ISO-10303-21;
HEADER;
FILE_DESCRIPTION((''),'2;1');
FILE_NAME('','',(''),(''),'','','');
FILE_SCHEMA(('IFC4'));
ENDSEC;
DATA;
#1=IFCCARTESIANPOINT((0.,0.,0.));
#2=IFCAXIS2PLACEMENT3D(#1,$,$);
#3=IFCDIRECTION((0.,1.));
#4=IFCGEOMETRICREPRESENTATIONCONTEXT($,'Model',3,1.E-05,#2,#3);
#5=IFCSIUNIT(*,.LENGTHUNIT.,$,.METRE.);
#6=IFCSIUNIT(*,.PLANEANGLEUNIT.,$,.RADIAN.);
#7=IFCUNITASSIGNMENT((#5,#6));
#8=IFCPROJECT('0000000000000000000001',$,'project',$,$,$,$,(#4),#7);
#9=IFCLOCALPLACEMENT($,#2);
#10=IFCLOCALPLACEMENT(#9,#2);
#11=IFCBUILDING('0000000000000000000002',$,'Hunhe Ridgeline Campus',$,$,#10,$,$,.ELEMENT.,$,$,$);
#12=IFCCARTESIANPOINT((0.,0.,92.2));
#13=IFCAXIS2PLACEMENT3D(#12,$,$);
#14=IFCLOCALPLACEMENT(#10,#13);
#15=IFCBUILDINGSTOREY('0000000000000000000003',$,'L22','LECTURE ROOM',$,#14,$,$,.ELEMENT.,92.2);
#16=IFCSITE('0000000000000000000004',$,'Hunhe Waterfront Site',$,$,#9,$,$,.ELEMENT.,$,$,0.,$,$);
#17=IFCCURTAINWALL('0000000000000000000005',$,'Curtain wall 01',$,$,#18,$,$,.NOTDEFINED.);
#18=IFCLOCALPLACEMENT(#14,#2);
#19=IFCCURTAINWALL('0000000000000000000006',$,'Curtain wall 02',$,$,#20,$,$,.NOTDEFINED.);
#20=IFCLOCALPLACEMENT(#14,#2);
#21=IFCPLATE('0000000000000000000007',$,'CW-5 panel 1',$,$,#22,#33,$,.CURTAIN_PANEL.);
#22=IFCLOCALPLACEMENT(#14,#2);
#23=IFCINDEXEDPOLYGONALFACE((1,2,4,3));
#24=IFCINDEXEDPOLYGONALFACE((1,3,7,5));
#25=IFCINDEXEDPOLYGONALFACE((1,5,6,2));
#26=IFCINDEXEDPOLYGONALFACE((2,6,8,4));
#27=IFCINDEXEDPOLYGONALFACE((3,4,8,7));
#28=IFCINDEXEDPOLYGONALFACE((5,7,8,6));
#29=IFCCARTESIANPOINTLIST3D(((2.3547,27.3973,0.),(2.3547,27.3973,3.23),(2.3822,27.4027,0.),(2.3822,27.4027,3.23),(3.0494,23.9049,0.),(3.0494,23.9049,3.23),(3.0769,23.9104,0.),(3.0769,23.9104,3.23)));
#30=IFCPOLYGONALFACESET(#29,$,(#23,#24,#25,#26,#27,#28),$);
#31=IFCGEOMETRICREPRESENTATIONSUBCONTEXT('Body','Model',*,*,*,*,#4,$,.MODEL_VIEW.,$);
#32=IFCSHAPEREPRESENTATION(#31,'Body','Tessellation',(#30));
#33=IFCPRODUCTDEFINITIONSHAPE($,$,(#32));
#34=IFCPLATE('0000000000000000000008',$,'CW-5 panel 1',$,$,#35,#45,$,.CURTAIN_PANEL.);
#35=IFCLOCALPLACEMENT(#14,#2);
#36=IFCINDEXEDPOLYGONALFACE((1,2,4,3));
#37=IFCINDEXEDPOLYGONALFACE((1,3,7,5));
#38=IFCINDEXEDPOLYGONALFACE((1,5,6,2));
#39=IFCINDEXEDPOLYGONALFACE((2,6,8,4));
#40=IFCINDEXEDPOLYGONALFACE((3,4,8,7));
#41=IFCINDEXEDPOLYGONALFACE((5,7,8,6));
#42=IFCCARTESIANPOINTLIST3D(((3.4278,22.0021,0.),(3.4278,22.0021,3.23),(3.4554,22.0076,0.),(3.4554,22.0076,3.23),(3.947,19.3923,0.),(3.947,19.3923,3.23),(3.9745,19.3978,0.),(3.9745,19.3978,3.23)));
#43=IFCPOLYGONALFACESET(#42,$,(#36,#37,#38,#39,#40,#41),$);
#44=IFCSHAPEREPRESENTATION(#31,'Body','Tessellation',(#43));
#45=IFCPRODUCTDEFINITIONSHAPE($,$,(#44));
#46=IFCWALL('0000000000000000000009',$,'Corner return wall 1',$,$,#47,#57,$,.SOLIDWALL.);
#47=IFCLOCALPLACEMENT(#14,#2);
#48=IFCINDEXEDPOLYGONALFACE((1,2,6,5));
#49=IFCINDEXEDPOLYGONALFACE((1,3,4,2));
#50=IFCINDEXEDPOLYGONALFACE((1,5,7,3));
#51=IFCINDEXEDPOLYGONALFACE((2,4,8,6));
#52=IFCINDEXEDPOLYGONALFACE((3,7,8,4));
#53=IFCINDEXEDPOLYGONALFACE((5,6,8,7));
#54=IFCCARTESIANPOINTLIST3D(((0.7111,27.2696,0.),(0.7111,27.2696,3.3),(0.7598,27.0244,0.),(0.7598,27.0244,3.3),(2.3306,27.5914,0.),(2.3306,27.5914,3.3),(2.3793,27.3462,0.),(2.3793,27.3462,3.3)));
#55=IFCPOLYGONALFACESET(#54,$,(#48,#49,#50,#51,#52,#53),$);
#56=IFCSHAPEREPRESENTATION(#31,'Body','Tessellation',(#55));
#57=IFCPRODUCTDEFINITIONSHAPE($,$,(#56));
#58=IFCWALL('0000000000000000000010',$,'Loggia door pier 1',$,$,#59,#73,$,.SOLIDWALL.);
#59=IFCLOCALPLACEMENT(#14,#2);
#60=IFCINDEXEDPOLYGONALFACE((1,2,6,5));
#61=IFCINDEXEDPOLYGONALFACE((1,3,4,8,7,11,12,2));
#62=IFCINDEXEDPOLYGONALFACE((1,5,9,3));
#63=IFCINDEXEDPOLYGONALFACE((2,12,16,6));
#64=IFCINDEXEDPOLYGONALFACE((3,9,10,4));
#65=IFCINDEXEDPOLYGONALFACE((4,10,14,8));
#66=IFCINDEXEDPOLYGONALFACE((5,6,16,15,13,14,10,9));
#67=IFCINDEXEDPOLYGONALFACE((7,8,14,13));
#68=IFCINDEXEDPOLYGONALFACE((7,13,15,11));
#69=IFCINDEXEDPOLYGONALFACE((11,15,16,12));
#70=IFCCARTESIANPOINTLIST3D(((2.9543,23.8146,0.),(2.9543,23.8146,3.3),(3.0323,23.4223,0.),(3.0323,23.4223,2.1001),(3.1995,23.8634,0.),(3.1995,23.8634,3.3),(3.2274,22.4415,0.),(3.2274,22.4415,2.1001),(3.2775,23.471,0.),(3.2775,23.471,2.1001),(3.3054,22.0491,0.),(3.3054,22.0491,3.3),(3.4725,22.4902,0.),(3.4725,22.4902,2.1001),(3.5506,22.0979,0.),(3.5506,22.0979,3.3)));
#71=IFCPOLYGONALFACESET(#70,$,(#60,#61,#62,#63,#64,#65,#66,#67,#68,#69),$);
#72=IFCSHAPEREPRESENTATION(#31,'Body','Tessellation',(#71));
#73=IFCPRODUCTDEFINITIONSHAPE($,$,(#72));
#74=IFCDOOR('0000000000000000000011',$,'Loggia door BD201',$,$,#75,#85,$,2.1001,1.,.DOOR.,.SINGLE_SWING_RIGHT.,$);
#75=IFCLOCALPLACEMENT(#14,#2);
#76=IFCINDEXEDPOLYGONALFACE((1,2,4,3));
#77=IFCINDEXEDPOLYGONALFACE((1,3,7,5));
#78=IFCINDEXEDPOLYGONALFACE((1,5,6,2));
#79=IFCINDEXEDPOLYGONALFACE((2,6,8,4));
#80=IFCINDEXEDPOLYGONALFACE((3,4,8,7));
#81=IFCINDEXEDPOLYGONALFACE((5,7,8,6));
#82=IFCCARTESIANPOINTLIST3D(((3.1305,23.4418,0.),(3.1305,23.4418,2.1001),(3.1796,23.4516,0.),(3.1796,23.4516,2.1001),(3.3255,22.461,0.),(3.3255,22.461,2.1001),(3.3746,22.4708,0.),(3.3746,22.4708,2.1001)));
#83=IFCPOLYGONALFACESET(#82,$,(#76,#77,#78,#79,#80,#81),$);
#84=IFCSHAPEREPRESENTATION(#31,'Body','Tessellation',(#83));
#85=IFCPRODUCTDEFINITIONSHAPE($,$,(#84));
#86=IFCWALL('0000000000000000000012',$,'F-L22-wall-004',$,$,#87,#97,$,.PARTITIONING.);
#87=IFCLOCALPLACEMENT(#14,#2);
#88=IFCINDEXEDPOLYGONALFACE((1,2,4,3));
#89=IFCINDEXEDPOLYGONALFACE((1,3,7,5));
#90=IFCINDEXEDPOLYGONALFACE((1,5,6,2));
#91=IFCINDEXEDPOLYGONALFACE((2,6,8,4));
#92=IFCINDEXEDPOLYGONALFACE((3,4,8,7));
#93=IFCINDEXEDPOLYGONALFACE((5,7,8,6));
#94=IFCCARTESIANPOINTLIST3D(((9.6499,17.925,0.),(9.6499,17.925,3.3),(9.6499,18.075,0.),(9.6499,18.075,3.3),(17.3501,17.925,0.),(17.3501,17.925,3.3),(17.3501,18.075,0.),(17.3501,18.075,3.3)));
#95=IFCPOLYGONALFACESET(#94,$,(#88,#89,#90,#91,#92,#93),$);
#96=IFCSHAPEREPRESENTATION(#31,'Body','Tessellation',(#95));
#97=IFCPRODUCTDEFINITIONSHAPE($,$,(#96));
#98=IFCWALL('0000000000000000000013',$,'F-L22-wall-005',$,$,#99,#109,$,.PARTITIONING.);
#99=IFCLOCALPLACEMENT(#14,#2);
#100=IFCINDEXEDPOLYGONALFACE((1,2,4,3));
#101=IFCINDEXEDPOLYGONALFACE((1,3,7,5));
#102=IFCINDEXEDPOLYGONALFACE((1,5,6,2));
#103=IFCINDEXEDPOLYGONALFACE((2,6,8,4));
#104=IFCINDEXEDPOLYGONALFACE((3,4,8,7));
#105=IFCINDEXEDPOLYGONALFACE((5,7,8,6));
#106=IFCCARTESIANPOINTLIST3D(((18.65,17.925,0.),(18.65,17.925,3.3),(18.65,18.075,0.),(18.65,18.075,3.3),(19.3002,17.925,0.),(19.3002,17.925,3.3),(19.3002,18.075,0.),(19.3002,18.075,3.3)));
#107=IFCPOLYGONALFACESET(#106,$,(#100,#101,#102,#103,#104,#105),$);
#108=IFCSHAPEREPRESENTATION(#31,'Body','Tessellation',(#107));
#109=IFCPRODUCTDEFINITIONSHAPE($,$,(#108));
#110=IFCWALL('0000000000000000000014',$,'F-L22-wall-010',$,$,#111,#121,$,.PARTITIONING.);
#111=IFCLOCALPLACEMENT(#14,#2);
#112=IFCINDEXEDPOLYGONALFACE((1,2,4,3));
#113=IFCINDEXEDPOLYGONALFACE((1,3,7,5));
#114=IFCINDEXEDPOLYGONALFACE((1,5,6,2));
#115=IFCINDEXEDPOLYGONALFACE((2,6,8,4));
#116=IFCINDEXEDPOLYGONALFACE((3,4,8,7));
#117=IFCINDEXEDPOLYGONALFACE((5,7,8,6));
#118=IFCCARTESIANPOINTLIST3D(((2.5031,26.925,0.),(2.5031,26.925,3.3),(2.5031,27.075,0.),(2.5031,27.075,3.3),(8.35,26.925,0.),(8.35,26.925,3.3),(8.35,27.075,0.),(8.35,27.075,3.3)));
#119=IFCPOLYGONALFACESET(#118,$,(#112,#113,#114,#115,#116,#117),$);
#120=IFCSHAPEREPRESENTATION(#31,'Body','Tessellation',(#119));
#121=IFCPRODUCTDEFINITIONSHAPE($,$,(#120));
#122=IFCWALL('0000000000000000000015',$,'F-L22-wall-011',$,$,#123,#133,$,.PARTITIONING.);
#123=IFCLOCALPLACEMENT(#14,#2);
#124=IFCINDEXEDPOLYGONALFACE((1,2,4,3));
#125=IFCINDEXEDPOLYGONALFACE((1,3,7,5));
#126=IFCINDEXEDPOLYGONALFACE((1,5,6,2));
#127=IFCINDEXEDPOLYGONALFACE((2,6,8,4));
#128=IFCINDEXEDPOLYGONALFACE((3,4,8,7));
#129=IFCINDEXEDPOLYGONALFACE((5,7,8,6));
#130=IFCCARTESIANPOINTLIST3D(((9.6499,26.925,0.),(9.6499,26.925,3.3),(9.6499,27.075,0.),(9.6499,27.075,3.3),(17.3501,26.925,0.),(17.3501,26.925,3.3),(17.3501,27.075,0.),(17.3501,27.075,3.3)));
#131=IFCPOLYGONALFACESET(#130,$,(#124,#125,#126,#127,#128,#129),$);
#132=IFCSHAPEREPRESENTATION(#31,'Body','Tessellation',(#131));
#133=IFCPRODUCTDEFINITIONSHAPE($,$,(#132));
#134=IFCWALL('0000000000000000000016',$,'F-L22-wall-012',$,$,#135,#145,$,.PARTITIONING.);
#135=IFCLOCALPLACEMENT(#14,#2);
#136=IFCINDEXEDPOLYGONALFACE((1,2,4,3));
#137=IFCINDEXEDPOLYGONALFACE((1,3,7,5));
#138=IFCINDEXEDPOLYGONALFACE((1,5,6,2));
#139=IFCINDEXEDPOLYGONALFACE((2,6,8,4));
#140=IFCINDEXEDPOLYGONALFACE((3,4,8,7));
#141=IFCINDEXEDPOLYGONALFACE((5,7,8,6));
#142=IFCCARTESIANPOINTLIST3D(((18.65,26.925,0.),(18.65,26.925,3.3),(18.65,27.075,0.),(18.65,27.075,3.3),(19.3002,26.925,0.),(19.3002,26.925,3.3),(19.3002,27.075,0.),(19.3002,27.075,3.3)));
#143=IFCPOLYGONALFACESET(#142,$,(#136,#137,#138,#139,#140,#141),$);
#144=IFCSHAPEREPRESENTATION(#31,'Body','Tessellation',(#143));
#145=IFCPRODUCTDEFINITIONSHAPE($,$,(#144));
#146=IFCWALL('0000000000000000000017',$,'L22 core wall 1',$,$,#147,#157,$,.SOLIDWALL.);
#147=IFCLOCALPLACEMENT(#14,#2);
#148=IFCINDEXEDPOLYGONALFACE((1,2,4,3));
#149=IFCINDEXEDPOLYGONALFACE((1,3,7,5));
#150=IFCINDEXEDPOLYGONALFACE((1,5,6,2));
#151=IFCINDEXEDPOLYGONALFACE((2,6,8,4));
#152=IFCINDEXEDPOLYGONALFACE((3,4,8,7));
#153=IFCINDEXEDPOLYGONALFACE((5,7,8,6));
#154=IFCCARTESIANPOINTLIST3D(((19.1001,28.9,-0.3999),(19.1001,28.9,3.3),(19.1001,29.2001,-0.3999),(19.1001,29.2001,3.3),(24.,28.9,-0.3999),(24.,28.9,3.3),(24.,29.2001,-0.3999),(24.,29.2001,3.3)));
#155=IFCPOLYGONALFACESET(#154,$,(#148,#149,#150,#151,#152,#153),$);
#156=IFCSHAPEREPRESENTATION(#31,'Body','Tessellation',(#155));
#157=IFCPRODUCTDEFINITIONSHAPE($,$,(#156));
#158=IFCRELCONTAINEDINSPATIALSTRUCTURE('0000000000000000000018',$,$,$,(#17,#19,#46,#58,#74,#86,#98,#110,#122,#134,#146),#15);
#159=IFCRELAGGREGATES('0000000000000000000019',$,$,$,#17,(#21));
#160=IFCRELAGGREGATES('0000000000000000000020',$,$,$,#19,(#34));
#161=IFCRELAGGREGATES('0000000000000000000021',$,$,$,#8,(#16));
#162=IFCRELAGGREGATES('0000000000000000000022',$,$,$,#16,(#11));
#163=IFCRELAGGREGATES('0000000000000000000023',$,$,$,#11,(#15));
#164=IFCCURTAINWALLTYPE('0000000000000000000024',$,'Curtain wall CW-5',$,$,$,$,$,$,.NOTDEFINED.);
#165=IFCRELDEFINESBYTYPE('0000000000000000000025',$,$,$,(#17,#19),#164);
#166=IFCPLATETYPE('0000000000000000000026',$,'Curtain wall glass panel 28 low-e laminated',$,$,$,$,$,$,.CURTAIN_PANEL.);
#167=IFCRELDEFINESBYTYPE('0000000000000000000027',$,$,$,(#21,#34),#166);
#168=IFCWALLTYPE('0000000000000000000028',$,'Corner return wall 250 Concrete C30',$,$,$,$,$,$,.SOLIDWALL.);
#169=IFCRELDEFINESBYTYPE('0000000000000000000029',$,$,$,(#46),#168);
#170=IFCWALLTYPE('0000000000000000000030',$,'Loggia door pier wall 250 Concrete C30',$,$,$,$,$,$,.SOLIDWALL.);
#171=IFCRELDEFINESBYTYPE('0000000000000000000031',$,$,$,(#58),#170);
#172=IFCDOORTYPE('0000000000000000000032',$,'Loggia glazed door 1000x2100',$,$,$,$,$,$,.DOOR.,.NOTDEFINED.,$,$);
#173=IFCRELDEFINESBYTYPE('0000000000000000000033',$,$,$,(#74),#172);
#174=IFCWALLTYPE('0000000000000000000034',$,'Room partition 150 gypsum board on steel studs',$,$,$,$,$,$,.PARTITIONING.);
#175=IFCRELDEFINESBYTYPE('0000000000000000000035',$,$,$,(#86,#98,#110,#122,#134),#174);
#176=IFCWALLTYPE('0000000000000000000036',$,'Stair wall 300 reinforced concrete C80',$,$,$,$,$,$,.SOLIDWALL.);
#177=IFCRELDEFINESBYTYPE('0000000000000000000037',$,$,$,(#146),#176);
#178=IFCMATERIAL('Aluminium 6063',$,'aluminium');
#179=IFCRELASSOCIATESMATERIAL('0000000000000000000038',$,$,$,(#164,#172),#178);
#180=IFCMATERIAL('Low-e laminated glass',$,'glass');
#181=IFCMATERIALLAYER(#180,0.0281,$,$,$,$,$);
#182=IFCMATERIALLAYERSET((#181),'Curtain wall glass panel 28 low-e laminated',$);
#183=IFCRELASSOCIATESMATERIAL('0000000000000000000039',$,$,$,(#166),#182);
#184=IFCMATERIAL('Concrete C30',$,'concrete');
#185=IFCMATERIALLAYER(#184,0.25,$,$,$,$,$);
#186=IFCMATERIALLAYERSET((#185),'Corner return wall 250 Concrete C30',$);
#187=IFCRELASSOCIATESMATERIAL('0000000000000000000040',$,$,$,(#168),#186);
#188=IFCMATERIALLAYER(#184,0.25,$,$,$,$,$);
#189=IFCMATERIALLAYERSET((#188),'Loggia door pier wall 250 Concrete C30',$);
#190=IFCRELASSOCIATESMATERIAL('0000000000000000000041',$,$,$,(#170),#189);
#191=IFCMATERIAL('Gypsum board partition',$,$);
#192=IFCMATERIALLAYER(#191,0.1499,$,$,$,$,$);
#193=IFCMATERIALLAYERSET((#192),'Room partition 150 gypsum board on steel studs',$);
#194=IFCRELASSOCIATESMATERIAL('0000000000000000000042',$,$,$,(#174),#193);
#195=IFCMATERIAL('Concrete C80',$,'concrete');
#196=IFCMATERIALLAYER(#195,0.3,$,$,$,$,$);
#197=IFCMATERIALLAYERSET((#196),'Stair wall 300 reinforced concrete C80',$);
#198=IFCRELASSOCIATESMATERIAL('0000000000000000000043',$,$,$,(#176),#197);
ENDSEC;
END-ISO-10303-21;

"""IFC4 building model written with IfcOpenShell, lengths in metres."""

from ifc_helpers import new_model, si_unit, direction, frame, frame_2d, origin, origin_2d, place, context, subcontext, project, spatial, rectangle, extrude, material, layer, layer_set, type_object, element, fill, aggregate, save


model = new_model("IFC4")

# Units and contexts
model_context = context("Model", 3, precision=1e-05, world=origin(), true_north=direction((0.0, 1.0)))
body_context = subcontext(model_context, "Body", "Model", "MODEL_VIEW")
ifc_project = project(units=[si_unit("LENGTHUNIT", "METRE"), si_unit("PLANEANGLEUNIT", "RADIAN")], contexts=[model_context])

# Site, building, storey
site_placement = place(None, origin())
site = spatial("IfcSite", under=ifc_project, at=site_placement, Name="Hunhe Waterfront Site", CompositionType="ELEMENT", RefElevation=0.0)
building_placement = place(site_placement, origin())
building = spatial("IfcBuilding", under=site, at=building_placement, Name="Hunhe Ridgeline Campus", CompositionType="ELEMENT")
storey_placement = place(building_placement, frame((0.0, 0.0, 92.2)))
storey = spatial("IfcBuildingStorey", under=building, at=storey_placement, Name="L22", Description="LECTURE ROOM", CompositionType="ELEMENT", Elevation=92.2)

# Curtain walls
ifc_material_1 = material(Name="Aluminium 6063", Category="aluminium")
curtain_wall_type = type_object("IfcCurtainWallType", Name="Curtain wall CW-5", PredefinedType="NOTDEFINED", material=ifc_material_1)
curtain_wall_1_placement = place(storey_placement, origin())
curtain_wall_1 = element("IfcCurtainWall", 1, at=curtain_wall_1_placement, inside=storey, type_object=curtain_wall_type, Name="Curtain wall 01", PredefinedType="NOTDEFINED")
curtain_wall_2_placement = place(storey_placement, origin())
curtain_wall_2 = element("IfcCurtainWall", 2, at=curtain_wall_2_placement, inside=storey, type_object=curtain_wall_type, Name="Curtain wall 02", PredefinedType="NOTDEFINED")

# Plates
ifc_material_2 = material(Name="Low-e laminated glass", Category="glass")
ifc_layer_1 = layer(ifc_material_2, 0.0281)
ifc_layer_set_1 = layer_set([ifc_layer_1], Name="Curtain wall glass panel 28 low-e laminated")
plate_type = type_object("IfcPlateType", Name="Curtain wall glass panel 28 low-e laminated", PredefinedType="CURTAIN_PANEL", material=ifc_layer_set_1)
plate_1_placement = place(storey_placement, frame((2.7158, 25.6538, 0.0), z_axis=(0.0, 0.0, 1.0), x_axis=(0.195095, -0.980784, 0.0)))
plate_1 = element("IfcPlate", 3, at=plate_1_placement, type_object=plate_type, Name="CW-5 panel 1", PredefinedType="CURTAIN_PANEL", context=body_context, shape_type="SweptSolid", body=[
    extrude(rectangle(XDim=3.5608, YDim=0.0281, at=origin_2d()), origin(), (0.0, 0.0, 1.0), 3.23),
])
aggregate(curtain_wall_1, [plate_1])
plate_2_placement = place(storey_placement, frame((3.7012, 20.7, 0.0), z_axis=(0.0, 0.0, 1.0), x_axis=(0.195095, -0.980784, 0.0)))
plate_2 = element("IfcPlate", 4, at=plate_2_placement, type_object=plate_type, Name="CW-5 panel 1", PredefinedType="CURTAIN_PANEL", context=body_context, shape_type="SweptSolid", body=[
    extrude(rectangle(XDim=2.6609, YDim=0.0281, at=origin_2d()), origin(), (0.0, 0.0, 1.0), 3.23),
])
aggregate(curtain_wall_2, [plate_2])

# Wall
ifc_material_3 = material(Name="Concrete C30", Category="concrete")
ifc_layer_2 = layer(ifc_material_3, 0.25)
ifc_layer_set_2 = layer_set([ifc_layer_2], Name="Corner return wall 250 Concrete C30")
wall_type_1 = type_object("IfcWallType", Name="Corner return wall 250 Concrete C30", PredefinedType="SOLIDWALL", material=ifc_layer_set_2)
wall_1_placement = place(storey_placement, frame((0.7354, 27.147, 0.0), z_axis=(0.0, 0.0, 1.0), x_axis=(0.980824, 0.194893, 0.0)))
element("IfcWall", 5, at=wall_1_placement, inside=storey, type_object=wall_type_1, Name="Corner return wall 1", PredefinedType="SOLIDWALL", context=body_context, shape_type="SweptSolid", body=[
    extrude(rectangle(XDim=1.6511, YDim=0.25, at=frame_2d((0.8257, 0.0))), origin(), (0.0, 0.0, 1.0), 3.3),
])

# Wall, opening, door
ifc_layer_3 = layer(ifc_material_3, 0.25)
ifc_layer_set_3 = layer_set([ifc_layer_3], Name="Loggia door pier wall 250 Concrete C30")
wall_type_2 = type_object("IfcWallType", Name="Loggia door pier wall 250 Concrete C30", PredefinedType="SOLIDWALL", material=ifc_layer_set_3)
wall_2_placement = place(storey_placement, frame((3.0769, 23.8389, 0.0), z_axis=(0.0, 0.0, 1.0), x_axis=(0.195047, -0.980794, 0.0)))
wall_2 = element("IfcWall", 6, at=wall_2_placement, inside=storey, type_object=wall_type_2, Name="Loggia door pier 1", PredefinedType="SOLIDWALL", context=body_context, shape_type="SweptSolid", body=[
    extrude(rectangle(XDim=1.8, YDim=0.25, at=frame_2d((0.8999, 0.0))), origin(), (0.0, 0.0, 1.0), 3.3),
])
opening_placement = place(wall_2_placement, frame((0.3999, 0.0, 0.0)))
opening = element("IfcOpeningElement", 7, at=opening_placement, cuts=wall_2, PredefinedType="OPENING", context=body_context, shape_type="SweptSolid", body=[
    extrude(rectangle(XDim=1.0, YDim=2.1001, at=frame_2d((0.5, 1.05))), frame((0.0, 0.125, 0.0), z_axis=(0.0, -1.0, 0.0), x_axis=(1.0, 0.0, 0.0)), (0.0, 0.0, 1.0), 0.25),
])
door_type = type_object("IfcDoorType", Name="Loggia glazed door 1000x2100", OperationType="NOTDEFINED", PredefinedType="DOOR", material=ifc_material_1)
door_placement = place(opening_placement, frame((1.0, 0.0, 0.0), z_axis=(0.0, 0.0, 1.0), x_axis=(-1.0, 0.0, 0.0)))
door = element("IfcDoor", 8, at=door_placement, inside=storey, type_object=door_type, Name="Loggia door BD201", OperationType="SINGLE_SWING_RIGHT", OverallHeight=2.1001, OverallWidth=1.0, PredefinedType="DOOR", context=body_context, shape_type="SweptSolid", body=[
    extrude(rectangle(XDim=1.0, YDim=2.1001, at=frame_2d((0.5, 1.05))), frame((0.0, 0.0249, 0.0), z_axis=(0.0, -1.0, 0.0), x_axis=(1.0, 0.0, 0.0)), (0.0, 0.0, 1.0), 0.05),
])
fill(opening, door)

# Walls
ifc_material_4 = material(Name="Gypsum board partition")
ifc_layer_4 = layer(ifc_material_4, 0.1499)
ifc_layer_set_4 = layer_set([ifc_layer_4], Name="Room partition 150 gypsum board on steel studs")
wall_type_3 = type_object("IfcWallType", Name="Room partition 150 gypsum board on steel studs", PredefinedType="PARTITIONING", material=ifc_layer_set_4)
wall_3_placement = place(storey_placement, frame((9.6499, 18.0, 0.0), z_axis=(0.0, 0.0, 1.0), x_axis=(1.0, 0.0, 0.0)))
element("IfcWall", 9, at=wall_3_placement, inside=storey, type_object=wall_type_3, Name="F-L22-wall-004", PredefinedType="PARTITIONING", context=body_context, shape_type="SweptSolid", body=[
    extrude(rectangle(XDim=7.7002, YDim=0.1499, at=frame_2d((3.8501, 0.0))), origin(), (0.0, 0.0, 1.0), 3.3),
])
wall_4_placement = place(storey_placement, frame((18.6499, 18.0, 0.0), z_axis=(0.0, 0.0, 1.0), x_axis=(1.0, 0.0, 0.0)))
element("IfcWall", 10, at=wall_4_placement, inside=storey, type_object=wall_type_3, Name="F-L22-wall-005", PredefinedType="PARTITIONING", context=body_context, shape_type="SweptSolid", body=[
    extrude(rectangle(XDim=0.6501, YDim=0.1499, at=frame_2d((0.3252, 0.0))), origin(), (0.0, 0.0, 1.0), 3.3),
])
wall_5_placement = place(storey_placement, frame((2.5032, 27.0, 0.0), z_axis=(0.0, 0.0, 1.0), x_axis=(1.0, 0.0, 0.0)))
element("IfcWall", 11, at=wall_5_placement, inside=storey, type_object=wall_type_3, Name="F-L22-wall-010", PredefinedType="PARTITIONING", context=body_context, shape_type="SweptSolid", body=[
    extrude(rectangle(XDim=5.8469, YDim=0.1499, at=frame_2d((2.9233, 0.0))), origin(), (0.0, 0.0, 1.0), 3.3),
])
wall_6_placement = place(storey_placement, frame((9.6499, 27.0, 0.0), z_axis=(0.0, 0.0, 1.0), x_axis=(1.0, 0.0, 0.0)))
element("IfcWall", 12, at=wall_6_placement, inside=storey, type_object=wall_type_3, Name="F-L22-wall-011", PredefinedType="PARTITIONING", context=body_context, shape_type="SweptSolid", body=[
    extrude(rectangle(XDim=7.7002, YDim=0.1499, at=frame_2d((3.8501, 0.0))), origin(), (0.0, 0.0, 1.0), 3.3),
])
wall_7_placement = place(storey_placement, frame((18.6499, 27.0, 0.0), z_axis=(0.0, 0.0, 1.0), x_axis=(1.0, 0.0, 0.0)))
element("IfcWall", 13, at=wall_7_placement, inside=storey, type_object=wall_type_3, Name="F-L22-wall-012", PredefinedType="PARTITIONING", context=body_context, shape_type="SweptSolid", body=[
    extrude(rectangle(XDim=0.6501, YDim=0.1499, at=frame_2d((0.3252, 0.0))), origin(), (0.0, 0.0, 1.0), 3.3),
])
ifc_material_5 = material(Name="Concrete C80", Category="concrete")
ifc_layer_5 = layer(ifc_material_5, 0.3)
ifc_layer_set_5 = layer_set([ifc_layer_5], Name="Stair wall 300 reinforced concrete C80")
wall_type_4 = type_object("IfcWallType", Name="Stair wall 300 reinforced concrete C80", PredefinedType="SOLIDWALL", material=ifc_layer_set_5)
wall_8_placement = place(storey_placement, frame((19.1001, 29.05, -0.3999), z_axis=(0.0, 0.0, 1.0), x_axis=(1.0, 0.0, 0.0)))
element("IfcWall", 14, at=wall_8_placement, inside=storey, type_object=wall_type_4, Name="L22 core wall 1", PredefinedType="SOLIDWALL", context=body_context, shape_type="SweptSolid", body=[
    extrude(rectangle(XDim=4.8999, YDim=0.3, at=frame_2d((2.45, 0.0))), origin(), (0.0, 0.0, 1.0), 3.7),
])

save(model, "model.ifc")
